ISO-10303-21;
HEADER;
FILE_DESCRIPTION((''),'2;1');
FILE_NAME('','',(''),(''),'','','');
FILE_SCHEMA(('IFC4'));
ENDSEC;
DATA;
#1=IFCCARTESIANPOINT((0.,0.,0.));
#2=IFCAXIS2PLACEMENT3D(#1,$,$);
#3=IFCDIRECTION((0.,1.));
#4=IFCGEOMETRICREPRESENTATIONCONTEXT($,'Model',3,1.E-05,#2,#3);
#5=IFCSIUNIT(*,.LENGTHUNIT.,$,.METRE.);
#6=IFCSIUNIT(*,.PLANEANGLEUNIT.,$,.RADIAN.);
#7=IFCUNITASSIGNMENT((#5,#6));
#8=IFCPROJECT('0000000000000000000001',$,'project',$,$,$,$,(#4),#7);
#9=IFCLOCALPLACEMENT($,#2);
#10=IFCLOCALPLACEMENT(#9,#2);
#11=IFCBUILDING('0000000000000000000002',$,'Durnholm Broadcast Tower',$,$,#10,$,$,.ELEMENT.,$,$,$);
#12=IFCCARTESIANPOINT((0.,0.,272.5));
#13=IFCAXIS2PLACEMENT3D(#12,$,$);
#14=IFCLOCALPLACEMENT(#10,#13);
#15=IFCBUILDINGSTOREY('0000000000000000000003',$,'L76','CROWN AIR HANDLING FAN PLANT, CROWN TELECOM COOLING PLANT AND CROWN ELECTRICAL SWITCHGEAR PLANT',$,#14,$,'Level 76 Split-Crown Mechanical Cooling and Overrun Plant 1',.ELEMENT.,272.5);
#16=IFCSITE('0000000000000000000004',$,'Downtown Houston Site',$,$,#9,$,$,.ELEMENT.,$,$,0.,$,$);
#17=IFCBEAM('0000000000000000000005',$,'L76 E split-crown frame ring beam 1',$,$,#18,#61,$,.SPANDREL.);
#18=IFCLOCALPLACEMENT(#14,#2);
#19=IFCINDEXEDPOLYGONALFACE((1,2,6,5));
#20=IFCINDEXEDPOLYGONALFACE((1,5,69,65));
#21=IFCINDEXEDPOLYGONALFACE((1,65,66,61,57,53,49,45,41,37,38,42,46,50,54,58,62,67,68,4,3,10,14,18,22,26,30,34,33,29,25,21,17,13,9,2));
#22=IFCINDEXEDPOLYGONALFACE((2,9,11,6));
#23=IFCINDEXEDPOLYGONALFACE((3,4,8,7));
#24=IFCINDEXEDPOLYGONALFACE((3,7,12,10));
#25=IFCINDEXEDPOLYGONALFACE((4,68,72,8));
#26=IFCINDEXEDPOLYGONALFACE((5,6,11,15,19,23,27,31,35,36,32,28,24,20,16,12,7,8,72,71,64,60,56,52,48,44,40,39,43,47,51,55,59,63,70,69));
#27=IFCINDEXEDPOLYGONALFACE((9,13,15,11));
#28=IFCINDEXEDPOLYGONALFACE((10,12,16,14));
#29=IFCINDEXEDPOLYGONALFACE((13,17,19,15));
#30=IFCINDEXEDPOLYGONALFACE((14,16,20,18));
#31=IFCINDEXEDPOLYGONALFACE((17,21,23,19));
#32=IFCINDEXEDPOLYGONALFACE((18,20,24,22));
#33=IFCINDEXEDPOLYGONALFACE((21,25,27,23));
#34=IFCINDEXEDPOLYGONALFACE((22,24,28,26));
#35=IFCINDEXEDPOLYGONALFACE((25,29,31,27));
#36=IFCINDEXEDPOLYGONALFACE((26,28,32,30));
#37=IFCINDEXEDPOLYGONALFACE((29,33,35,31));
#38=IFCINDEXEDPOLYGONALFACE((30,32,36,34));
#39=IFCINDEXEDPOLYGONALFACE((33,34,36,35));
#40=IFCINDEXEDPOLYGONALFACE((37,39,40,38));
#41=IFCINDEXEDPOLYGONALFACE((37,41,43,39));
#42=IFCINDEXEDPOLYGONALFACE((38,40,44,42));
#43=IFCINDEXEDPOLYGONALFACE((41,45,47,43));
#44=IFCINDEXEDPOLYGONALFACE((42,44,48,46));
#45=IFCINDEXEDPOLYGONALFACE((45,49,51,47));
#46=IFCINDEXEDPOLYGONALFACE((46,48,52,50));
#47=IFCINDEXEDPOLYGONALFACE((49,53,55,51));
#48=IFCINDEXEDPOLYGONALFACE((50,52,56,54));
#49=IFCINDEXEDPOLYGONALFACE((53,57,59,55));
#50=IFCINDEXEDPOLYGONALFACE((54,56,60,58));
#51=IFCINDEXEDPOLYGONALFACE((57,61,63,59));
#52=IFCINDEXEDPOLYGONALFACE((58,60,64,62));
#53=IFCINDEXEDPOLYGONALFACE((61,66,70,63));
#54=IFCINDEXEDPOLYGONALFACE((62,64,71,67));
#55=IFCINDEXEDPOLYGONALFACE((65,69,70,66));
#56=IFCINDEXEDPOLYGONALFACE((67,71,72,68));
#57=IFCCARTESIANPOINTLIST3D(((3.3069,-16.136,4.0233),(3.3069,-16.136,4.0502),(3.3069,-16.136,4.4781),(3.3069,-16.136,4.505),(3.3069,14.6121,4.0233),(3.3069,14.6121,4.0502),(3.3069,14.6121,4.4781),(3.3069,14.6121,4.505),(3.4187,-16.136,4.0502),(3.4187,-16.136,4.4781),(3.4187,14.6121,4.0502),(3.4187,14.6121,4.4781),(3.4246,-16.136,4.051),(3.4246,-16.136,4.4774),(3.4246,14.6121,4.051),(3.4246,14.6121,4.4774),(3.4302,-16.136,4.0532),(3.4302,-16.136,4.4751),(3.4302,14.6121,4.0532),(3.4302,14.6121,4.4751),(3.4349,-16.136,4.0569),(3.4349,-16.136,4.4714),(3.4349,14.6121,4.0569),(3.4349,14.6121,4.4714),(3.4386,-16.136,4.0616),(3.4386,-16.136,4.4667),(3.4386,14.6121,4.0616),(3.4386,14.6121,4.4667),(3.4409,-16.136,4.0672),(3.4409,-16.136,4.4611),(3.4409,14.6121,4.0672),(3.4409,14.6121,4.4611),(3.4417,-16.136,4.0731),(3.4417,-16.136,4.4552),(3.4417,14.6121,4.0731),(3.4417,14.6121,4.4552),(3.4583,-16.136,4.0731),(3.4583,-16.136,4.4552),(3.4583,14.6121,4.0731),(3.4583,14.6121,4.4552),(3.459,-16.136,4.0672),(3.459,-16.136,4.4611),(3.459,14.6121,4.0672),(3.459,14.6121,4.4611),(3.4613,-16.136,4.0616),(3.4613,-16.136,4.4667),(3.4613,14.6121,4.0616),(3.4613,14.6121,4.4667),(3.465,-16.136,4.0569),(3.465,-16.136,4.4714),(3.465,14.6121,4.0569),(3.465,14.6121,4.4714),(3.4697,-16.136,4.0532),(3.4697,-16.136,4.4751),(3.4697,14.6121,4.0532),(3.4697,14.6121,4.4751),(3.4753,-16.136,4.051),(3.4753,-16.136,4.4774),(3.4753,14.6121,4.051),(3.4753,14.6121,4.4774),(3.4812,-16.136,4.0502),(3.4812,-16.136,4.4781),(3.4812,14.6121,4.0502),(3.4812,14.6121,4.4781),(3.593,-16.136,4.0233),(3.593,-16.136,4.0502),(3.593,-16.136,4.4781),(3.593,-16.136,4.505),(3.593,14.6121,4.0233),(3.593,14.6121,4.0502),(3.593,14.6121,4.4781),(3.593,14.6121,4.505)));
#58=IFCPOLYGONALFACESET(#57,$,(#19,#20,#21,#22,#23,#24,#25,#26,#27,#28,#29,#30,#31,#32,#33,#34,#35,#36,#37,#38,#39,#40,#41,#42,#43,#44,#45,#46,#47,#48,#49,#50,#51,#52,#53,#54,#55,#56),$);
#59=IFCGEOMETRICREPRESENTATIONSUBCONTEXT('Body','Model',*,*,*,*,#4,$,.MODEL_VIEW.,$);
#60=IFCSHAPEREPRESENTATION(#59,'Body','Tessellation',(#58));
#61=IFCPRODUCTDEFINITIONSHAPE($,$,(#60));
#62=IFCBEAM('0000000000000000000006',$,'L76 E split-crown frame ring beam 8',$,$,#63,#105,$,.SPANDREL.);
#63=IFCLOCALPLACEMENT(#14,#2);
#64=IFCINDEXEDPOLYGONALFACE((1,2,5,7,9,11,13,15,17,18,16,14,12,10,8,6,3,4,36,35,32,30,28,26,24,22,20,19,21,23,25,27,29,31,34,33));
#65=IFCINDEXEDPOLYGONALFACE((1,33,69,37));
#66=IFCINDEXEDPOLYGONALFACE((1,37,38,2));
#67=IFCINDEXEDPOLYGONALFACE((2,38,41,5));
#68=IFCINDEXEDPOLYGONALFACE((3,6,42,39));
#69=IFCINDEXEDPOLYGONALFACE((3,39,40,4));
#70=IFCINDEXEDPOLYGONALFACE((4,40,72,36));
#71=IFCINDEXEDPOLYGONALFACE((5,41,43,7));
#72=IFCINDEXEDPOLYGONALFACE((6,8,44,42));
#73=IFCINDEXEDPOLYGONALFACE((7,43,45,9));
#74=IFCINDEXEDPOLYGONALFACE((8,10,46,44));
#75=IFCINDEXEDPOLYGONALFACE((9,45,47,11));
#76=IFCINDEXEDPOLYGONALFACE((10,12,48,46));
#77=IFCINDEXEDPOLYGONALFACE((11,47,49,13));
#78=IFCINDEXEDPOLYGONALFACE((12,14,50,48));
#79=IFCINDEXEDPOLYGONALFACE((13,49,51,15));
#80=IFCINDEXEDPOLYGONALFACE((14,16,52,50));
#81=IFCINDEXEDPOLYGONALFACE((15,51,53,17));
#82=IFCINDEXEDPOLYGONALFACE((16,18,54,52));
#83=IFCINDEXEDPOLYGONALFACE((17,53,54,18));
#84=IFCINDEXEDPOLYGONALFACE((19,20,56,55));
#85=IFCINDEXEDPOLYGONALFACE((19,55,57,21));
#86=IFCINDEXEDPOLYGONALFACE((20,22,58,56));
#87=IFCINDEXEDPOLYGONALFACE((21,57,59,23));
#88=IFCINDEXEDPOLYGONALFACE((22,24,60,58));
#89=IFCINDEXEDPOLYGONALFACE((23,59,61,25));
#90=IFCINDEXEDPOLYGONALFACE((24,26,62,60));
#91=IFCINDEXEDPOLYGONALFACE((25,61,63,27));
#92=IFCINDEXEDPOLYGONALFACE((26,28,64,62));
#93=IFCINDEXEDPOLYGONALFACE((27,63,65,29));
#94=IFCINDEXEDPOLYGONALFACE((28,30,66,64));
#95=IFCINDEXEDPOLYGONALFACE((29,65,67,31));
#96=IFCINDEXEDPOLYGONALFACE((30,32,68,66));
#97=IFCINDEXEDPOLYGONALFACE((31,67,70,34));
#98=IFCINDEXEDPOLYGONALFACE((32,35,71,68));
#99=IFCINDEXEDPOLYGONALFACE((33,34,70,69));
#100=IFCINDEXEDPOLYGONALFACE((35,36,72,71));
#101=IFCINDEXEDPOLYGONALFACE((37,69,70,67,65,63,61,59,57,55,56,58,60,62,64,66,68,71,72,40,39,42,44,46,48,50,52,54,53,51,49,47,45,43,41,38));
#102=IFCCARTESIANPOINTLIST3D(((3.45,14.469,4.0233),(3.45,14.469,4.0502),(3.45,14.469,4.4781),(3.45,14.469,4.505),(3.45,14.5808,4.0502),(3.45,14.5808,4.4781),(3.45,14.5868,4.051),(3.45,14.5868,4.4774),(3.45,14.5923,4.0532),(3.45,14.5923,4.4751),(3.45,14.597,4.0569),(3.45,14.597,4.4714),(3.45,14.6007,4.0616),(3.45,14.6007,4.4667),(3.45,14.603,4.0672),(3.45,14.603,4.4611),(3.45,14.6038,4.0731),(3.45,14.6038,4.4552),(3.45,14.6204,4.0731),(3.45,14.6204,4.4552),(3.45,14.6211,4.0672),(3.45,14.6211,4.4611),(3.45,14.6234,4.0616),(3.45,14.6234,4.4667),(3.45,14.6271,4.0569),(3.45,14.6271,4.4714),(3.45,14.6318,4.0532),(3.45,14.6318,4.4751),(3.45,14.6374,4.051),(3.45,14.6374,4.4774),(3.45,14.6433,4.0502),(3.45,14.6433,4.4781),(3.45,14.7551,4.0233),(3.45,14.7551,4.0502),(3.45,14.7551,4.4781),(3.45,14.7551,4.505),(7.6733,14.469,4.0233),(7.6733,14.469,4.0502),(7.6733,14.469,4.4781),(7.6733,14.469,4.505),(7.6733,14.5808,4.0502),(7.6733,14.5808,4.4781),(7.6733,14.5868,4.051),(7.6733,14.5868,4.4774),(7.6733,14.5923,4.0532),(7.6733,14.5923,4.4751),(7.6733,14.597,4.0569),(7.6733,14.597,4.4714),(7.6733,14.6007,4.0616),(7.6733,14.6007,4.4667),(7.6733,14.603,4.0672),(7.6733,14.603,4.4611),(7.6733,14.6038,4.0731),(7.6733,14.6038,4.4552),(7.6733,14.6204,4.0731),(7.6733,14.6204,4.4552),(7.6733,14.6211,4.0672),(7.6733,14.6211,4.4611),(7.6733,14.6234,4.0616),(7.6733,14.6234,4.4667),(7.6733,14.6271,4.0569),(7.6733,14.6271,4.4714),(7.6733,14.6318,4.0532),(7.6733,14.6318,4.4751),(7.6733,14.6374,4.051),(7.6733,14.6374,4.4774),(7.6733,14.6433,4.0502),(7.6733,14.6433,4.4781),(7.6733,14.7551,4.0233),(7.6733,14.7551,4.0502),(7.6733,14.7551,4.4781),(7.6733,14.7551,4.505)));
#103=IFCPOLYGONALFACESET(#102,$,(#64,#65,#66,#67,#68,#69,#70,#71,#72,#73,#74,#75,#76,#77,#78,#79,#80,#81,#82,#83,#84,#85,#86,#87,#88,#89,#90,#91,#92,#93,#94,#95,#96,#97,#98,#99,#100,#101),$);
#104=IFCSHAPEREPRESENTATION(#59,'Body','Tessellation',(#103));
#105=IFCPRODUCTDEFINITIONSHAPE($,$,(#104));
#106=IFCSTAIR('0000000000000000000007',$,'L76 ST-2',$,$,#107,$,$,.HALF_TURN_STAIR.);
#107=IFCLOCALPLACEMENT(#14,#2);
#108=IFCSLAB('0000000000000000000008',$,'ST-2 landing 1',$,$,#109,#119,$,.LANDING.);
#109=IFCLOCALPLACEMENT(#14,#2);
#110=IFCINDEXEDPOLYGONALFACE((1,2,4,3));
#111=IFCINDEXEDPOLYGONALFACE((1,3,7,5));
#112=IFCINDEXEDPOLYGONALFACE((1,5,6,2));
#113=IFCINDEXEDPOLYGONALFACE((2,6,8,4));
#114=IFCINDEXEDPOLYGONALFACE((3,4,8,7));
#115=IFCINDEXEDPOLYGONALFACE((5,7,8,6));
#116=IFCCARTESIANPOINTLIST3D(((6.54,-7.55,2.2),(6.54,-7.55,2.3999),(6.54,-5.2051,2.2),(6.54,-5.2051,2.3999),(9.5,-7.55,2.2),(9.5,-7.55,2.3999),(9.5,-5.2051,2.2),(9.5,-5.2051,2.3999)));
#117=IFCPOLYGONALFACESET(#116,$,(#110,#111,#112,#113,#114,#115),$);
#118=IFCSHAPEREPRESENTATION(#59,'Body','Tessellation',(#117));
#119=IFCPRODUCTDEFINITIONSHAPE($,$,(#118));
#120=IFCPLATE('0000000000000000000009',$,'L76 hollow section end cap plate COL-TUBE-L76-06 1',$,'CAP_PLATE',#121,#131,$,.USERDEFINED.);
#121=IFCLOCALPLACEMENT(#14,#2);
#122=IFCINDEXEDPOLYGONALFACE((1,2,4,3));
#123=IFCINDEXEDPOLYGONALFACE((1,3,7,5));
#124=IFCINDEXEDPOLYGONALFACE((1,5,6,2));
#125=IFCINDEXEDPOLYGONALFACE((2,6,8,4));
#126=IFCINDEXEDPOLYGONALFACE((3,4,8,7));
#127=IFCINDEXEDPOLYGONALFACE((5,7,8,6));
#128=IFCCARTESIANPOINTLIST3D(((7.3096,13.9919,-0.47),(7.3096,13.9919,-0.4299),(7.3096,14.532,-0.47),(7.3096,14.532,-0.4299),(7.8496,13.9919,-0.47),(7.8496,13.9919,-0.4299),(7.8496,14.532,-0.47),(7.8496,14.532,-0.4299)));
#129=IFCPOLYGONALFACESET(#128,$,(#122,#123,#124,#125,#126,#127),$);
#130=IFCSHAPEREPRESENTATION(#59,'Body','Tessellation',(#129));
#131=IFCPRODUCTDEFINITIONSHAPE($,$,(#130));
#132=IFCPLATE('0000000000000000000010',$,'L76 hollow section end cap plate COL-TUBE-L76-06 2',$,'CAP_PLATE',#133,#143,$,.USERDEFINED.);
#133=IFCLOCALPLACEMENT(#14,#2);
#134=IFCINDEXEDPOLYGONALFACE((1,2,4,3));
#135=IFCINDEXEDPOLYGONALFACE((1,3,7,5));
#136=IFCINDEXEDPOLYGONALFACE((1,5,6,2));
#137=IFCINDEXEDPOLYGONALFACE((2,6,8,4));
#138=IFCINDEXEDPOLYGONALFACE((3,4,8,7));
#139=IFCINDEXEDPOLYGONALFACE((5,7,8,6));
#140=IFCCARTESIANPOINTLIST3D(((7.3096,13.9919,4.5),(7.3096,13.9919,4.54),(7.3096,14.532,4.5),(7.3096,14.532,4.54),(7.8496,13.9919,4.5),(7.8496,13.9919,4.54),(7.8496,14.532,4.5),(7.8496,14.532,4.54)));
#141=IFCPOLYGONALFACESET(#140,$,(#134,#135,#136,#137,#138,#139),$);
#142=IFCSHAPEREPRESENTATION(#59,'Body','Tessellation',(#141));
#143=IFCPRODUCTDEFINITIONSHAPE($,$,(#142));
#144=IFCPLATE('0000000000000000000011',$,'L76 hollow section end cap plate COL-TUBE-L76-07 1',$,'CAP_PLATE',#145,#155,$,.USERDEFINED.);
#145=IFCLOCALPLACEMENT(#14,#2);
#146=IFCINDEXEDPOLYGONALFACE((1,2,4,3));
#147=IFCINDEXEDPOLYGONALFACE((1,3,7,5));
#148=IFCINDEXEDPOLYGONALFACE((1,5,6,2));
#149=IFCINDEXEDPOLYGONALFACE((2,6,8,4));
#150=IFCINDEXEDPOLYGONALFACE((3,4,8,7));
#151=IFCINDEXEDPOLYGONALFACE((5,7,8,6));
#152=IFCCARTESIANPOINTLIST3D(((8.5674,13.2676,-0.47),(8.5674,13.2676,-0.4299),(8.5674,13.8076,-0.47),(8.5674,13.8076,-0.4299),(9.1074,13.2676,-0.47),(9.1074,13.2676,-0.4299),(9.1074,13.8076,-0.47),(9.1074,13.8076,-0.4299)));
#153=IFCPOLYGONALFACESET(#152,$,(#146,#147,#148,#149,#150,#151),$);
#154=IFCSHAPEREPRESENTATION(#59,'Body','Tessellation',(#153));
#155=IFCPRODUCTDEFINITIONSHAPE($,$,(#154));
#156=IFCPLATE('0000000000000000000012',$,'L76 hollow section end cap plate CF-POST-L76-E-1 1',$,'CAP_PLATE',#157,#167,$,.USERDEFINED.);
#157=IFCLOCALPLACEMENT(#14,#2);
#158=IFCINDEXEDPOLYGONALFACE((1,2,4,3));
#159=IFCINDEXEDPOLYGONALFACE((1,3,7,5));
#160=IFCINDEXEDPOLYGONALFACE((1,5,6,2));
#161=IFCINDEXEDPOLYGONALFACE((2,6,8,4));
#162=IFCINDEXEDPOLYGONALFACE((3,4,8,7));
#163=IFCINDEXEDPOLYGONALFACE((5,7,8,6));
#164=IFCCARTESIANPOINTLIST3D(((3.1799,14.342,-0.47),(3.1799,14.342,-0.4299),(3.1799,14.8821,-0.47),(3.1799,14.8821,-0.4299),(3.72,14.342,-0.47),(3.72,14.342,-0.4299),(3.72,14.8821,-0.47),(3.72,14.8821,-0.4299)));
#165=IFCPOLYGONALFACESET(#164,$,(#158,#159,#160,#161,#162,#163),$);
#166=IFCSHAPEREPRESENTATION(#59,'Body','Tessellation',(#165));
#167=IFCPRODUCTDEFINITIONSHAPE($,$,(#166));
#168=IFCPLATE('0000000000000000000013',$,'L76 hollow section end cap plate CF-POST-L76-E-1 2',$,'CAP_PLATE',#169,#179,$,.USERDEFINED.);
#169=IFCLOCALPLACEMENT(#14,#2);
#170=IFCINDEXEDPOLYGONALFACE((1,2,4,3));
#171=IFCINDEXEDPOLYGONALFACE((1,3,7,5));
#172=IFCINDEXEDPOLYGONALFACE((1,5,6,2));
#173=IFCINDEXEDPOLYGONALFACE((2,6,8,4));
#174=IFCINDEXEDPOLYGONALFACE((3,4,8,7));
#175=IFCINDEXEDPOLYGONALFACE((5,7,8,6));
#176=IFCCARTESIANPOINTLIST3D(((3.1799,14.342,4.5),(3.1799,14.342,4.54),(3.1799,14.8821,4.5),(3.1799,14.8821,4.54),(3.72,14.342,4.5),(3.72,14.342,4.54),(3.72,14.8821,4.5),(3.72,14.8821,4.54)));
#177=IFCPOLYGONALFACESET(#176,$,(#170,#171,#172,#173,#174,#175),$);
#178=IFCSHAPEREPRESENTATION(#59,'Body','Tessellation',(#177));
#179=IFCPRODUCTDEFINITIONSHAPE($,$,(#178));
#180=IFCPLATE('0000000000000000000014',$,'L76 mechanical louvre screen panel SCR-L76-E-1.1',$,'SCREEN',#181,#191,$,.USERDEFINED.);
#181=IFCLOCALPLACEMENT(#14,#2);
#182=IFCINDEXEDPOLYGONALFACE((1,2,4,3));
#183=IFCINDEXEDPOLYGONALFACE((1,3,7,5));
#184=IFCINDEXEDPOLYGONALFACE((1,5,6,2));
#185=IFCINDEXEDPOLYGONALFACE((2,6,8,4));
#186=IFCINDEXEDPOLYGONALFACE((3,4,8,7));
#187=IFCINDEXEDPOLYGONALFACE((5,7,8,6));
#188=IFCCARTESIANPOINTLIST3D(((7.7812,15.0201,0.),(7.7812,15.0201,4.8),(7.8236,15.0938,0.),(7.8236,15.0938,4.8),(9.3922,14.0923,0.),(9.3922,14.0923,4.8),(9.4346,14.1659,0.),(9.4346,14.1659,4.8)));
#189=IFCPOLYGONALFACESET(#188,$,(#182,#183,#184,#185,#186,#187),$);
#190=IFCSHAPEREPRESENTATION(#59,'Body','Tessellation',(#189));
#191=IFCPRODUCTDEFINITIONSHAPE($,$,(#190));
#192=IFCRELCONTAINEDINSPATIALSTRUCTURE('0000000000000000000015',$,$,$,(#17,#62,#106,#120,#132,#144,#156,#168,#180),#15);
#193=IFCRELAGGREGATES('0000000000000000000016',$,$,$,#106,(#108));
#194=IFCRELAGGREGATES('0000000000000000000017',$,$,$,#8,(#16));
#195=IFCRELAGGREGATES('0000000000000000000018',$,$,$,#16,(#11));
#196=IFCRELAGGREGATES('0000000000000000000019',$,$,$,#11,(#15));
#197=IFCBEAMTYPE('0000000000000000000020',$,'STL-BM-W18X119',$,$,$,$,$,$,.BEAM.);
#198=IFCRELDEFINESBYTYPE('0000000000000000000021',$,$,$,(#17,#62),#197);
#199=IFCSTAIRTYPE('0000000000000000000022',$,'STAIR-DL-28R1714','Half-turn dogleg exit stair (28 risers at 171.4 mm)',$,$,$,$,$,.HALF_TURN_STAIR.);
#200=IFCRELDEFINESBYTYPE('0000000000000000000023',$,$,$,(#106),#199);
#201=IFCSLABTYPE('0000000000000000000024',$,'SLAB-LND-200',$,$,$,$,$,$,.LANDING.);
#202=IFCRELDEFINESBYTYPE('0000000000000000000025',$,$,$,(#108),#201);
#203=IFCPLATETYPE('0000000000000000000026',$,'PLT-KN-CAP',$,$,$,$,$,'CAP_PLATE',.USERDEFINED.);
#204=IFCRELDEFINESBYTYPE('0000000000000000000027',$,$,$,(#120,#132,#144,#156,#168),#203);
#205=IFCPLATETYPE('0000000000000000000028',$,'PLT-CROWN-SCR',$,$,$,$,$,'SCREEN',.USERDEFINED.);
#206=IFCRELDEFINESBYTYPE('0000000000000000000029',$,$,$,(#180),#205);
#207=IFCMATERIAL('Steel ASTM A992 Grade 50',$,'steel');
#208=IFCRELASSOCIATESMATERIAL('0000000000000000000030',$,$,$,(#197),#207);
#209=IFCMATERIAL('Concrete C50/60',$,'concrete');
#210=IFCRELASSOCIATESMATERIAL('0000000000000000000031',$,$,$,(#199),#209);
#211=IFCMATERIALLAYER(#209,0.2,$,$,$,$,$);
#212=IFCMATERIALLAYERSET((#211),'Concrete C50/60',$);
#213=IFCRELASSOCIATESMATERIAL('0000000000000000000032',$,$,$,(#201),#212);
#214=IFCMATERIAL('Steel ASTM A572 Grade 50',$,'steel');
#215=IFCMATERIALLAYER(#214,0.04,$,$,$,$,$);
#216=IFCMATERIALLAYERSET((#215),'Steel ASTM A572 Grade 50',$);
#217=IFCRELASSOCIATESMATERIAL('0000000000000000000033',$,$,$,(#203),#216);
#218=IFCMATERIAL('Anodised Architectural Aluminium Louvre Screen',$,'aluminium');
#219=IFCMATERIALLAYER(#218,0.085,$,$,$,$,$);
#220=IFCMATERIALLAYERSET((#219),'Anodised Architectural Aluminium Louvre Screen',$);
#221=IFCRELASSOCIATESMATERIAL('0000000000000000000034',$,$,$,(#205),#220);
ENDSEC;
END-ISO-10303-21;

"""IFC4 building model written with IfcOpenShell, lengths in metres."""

from ifc_helpers import new_model, si_unit, direction, frame, origin, origin_2d, place, context, subcontext, project, spatial, polyline, rectangle, i_section, outline, extrude, source, transform, mapped, material, layer, layer_set, material_profile, profile_set, type_object, type_shapes, element, aggregate, save


model = new_model("IFC4")

# Units and contexts
model_context = context("Model", 3, precision=1e-05, world=origin(), true_north=direction((0.0, 1.0)))
body_context = subcontext(model_context, "Body", "Model", "MODEL_VIEW")
ifc_project = project(units=[si_unit("LENGTHUNIT", "METRE"), si_unit("PLANEANGLEUNIT", "RADIAN")], contexts=[model_context])

# Site, building, storey
site_placement = place(None, origin())
site = spatial("IfcSite", under=ifc_project, at=site_placement, Name="Downtown Houston Site", CompositionType="ELEMENT", RefElevation=0.0)
building_placement = place(site_placement, origin())
building = spatial("IfcBuilding", under=site, at=building_placement, Name="Durnholm Broadcast Tower", CompositionType="ELEMENT")
storey_placement = place(building_placement, frame((0.0, 0.0, 272.5)))
storey = spatial("IfcBuildingStorey", under=building, at=storey_placement, Name="L76", Description="CROWN AIR HANDLING FAN PLANT, CROWN TELECOM COOLING PLANT AND CROWN ELECTRICAL SWITCHGEAR PLANT", LongName="Level 76 Split-Crown Mechanical Cooling and Overrun Plant 1", CompositionType="ELEMENT", Elevation=272.5)

# Shared definitions
ifc_material_1 = material(Name="Steel ASTM A992 Grade 50", Category="steel")

# Beams
ifc_material_profile_1 = material_profile(ifc_material_1, i_section(OverallWidth=0.2861, OverallDepth=0.4817, WebThickness=0.0166, FlangeThickness=0.0269, FilletRadius=0.0229, at=origin_2d()), Name="W18X119")
ifc_profile_set_1 = profile_set([ifc_material_profile_1], Name="Steel ASTM A992 Grade 50")
beam_type_1 = type_object("IfcBeamType", Name="STL-BM-W18X119", PredefinedType="BEAM", material=ifc_profile_set_1)
shared_shape_1 = source(origin(), body_context, "Body", "SweptSolid", [
    extrude(i_section(OverallWidth=0.2861, OverallDepth=0.4817, WebThickness=0.0166, FlangeThickness=0.0269, FilletRadius=0.0229, at=origin_2d()), origin(), (0.0, 0.0, 1.0), 30.748),
])
beam_1_placement = place(storey_placement, frame((3.45, 14.6121, 4.2642), z_axis=(0.0, -1.0, 0.0), x_axis=(1.0, 0.0, 0.0)))
element("IfcBeam", 1, at=beam_1_placement, inside=storey, type_object=beam_type_1, Name="L76 E split-crown frame ring beam 1", PredefinedType="SPANDREL", context=body_context, shape_type="MappedRepresentation", body=[
    mapped(shared_shape_1, transform((0.0, 0.0, 0.0), x_axis=(1.0, 0.0, 0.0), y_axis=(0.0, 1.0, 0.0), z_axis=(0.0, 0.0, 1.0), scale=1.0)),
])
shared_shape_2 = source(origin(), body_context, "Body", "SweptSolid", [
    extrude(i_section(OverallWidth=0.2861, OverallDepth=0.4817, WebThickness=0.0166, FlangeThickness=0.0269, FilletRadius=0.0229, at=origin_2d()), origin(), (0.0, 0.0, 1.0), 4.2234),
])
type_shapes(beam_type_1, [shared_shape_1, shared_shape_2])
beam_2_placement = place(storey_placement, frame((7.6733, 14.6121, 4.2642), z_axis=(-1.0, 0.0, 0.0), x_axis=(0.0, -1.0, 0.0)))
element("IfcBeam", 2, at=beam_2_placement, inside=storey, type_object=beam_type_1, Name="L76 E split-crown frame ring beam 8", PredefinedType="SPANDREL", context=body_context, shape_type="MappedRepresentation", body=[
    mapped(shared_shape_2, transform((0.0, 0.0, 0.0), x_axis=(1.0, 0.0, 0.0), y_axis=(0.0, 1.0, 0.0), z_axis=(0.0, 0.0, 1.0), scale=1.0)),
])

# Stair, slab
ifc_material_2 = material(Name="Concrete C50/60", Category="concrete")
stair_type = type_object("IfcStairType", Name="STAIR-DL-28R1714", Description="Half-turn dogleg exit stair (28 risers at 171.4 mm)", PredefinedType="HALF_TURN_STAIR", material=ifc_material_2)
stair_placement = place(storey_placement, origin())
stair = element("IfcStair", 3, at=stair_placement, inside=storey, type_object=stair_type, Name="L76 ST-2", PredefinedType="HALF_TURN_STAIR")
ifc_layer_1 = layer(ifc_material_2, 0.2)
ifc_layer_set_1 = layer_set([ifc_layer_1], Name="Concrete C50/60")
slab_type = type_object("IfcSlabType", Name="SLAB-LND-200", PredefinedType="LANDING", material=ifc_layer_set_1)
slab_placement = place(storey_placement, frame((0.0, 0.0, 2.2)))
slab = element("IfcSlab", 4, at=slab_placement, type_object=slab_type, Name="ST-2 landing 1", PredefinedType="LANDING", context=body_context, shape_type="SweptSolid", body=[
    extrude(outline(polyline([(6.54, -5.2051), (6.54, -7.55), (9.5, -7.55), (9.5, -5.2051), (6.54, -5.2051)])), origin(), (0.0, 0.0, 1.0), 0.2),
])
aggregate(stair, [slab])

# Plates
ifc_material_3 = material(Name="Steel ASTM A572 Grade 50", Category="steel")
ifc_layer_2 = layer(ifc_material_3, 0.04)
ifc_layer_set_2 = layer_set([ifc_layer_2], Name="Steel ASTM A572 Grade 50")
plate_type_1 = type_object("IfcPlateType", Name="PLT-KN-CAP", ElementType="CAP_PLATE", PredefinedType="USERDEFINED", material=ifc_layer_set_2)
shared_shape_3 = source(origin(), body_context, "Body", "SweptSolid", [
    extrude(rectangle(XDim=0.54, YDim=0.54, at=origin_2d()), origin(), (0.0, 0.0, 1.0), 0.04),
])
type_shapes(plate_type_1, [shared_shape_3])
for number, where, z_axis, x_axis, name in (
    (5, (7.5796, 14.262, -0.47), (0.0, 0.0, 1.0), (1.0, 0.0, 0.0), "L76 hollow section end cap plate COL-TUBE-L76-06 1"),
    (6, (7.5796, 14.262, 4.5), (0.0, 0.0, 1.0), (1.0, 0.0, 0.0), "L76 hollow section end cap plate COL-TUBE-L76-06 2"),
    (7, (8.8374, 13.5376, -0.47), (0.0, 0.0, 1.0), (1.0, 0.0, 0.0), "L76 hollow section end cap plate COL-TUBE-L76-07 1"),
    (8, (3.45, 14.6121, -0.47), (0.0, 0.0, 1.0), (1.0, 0.0, 0.0), "L76 hollow section end cap plate CF-POST-L76-E-1 1"),
    (9, (3.45, 14.6121, 4.5), (0.0, 0.0, 1.0), (1.0, 0.0, 0.0), "L76 hollow section end cap plate CF-POST-L76-E-1 2"),
):
    element("IfcPlate", number, at=place(storey_placement, frame(where, z_axis=z_axis, x_axis=x_axis)), inside=storey, type_object=plate_type_1, Name=name, ObjectType="CAP_PLATE", PredefinedType="USERDEFINED", context=body_context, shape_type="MappedRepresentation", body=[
        mapped(shared_shape_3, transform((0.0, 0.0, 0.0), x_axis=(1.0, 0.0, 0.0), y_axis=(0.0, 1.0, 0.0), z_axis=(0.0, 0.0, 1.0), scale=1.0)),
    ])
ifc_material_4 = material(Name="Anodised Architectural Aluminium Louvre Screen", Category="aluminium")
ifc_layer_3 = layer(ifc_material_4, 0.085)
ifc_layer_set_3 = layer_set([ifc_layer_3], Name="Anodised Architectural Aluminium Louvre Screen")
plate_type_2 = type_object("IfcPlateType", Name="PLT-CROWN-SCR", ElementType="SCREEN", PredefinedType="USERDEFINED", material=ifc_layer_set_3)
shared_shape_4 = source(origin(), body_context, "Body", "SweptSolid", [
    extrude(rectangle(XDim=1.8591, YDim=0.085, at=origin_2d()), origin(), (0.0, 0.0, 1.0), 4.8),
])
plate_1_placement = place(storey_placement, frame((8.6079, 14.593, 0.0), z_axis=(0.0, 0.0, 1.0), x_axis=(0.866549, -0.499093, 0.0)))
element("IfcPlate", 10, at=plate_1_placement, inside=storey, type_object=plate_type_2, Name="L76 mechanical louvre screen panel SCR-L76-E-1.1", ObjectType="SCREEN", PredefinedType="USERDEFINED", context=body_context, shape_type="MappedRepresentation", body=[
    mapped(shared_shape_4, transform((0.0, 0.0, 0.0), x_axis=(1.0, 0.0, 0.0), y_axis=(0.0, 1.0, 0.0), z_axis=(0.0, 0.0, 1.0), scale=1.0)),
])

save(model, "model.ifc")
